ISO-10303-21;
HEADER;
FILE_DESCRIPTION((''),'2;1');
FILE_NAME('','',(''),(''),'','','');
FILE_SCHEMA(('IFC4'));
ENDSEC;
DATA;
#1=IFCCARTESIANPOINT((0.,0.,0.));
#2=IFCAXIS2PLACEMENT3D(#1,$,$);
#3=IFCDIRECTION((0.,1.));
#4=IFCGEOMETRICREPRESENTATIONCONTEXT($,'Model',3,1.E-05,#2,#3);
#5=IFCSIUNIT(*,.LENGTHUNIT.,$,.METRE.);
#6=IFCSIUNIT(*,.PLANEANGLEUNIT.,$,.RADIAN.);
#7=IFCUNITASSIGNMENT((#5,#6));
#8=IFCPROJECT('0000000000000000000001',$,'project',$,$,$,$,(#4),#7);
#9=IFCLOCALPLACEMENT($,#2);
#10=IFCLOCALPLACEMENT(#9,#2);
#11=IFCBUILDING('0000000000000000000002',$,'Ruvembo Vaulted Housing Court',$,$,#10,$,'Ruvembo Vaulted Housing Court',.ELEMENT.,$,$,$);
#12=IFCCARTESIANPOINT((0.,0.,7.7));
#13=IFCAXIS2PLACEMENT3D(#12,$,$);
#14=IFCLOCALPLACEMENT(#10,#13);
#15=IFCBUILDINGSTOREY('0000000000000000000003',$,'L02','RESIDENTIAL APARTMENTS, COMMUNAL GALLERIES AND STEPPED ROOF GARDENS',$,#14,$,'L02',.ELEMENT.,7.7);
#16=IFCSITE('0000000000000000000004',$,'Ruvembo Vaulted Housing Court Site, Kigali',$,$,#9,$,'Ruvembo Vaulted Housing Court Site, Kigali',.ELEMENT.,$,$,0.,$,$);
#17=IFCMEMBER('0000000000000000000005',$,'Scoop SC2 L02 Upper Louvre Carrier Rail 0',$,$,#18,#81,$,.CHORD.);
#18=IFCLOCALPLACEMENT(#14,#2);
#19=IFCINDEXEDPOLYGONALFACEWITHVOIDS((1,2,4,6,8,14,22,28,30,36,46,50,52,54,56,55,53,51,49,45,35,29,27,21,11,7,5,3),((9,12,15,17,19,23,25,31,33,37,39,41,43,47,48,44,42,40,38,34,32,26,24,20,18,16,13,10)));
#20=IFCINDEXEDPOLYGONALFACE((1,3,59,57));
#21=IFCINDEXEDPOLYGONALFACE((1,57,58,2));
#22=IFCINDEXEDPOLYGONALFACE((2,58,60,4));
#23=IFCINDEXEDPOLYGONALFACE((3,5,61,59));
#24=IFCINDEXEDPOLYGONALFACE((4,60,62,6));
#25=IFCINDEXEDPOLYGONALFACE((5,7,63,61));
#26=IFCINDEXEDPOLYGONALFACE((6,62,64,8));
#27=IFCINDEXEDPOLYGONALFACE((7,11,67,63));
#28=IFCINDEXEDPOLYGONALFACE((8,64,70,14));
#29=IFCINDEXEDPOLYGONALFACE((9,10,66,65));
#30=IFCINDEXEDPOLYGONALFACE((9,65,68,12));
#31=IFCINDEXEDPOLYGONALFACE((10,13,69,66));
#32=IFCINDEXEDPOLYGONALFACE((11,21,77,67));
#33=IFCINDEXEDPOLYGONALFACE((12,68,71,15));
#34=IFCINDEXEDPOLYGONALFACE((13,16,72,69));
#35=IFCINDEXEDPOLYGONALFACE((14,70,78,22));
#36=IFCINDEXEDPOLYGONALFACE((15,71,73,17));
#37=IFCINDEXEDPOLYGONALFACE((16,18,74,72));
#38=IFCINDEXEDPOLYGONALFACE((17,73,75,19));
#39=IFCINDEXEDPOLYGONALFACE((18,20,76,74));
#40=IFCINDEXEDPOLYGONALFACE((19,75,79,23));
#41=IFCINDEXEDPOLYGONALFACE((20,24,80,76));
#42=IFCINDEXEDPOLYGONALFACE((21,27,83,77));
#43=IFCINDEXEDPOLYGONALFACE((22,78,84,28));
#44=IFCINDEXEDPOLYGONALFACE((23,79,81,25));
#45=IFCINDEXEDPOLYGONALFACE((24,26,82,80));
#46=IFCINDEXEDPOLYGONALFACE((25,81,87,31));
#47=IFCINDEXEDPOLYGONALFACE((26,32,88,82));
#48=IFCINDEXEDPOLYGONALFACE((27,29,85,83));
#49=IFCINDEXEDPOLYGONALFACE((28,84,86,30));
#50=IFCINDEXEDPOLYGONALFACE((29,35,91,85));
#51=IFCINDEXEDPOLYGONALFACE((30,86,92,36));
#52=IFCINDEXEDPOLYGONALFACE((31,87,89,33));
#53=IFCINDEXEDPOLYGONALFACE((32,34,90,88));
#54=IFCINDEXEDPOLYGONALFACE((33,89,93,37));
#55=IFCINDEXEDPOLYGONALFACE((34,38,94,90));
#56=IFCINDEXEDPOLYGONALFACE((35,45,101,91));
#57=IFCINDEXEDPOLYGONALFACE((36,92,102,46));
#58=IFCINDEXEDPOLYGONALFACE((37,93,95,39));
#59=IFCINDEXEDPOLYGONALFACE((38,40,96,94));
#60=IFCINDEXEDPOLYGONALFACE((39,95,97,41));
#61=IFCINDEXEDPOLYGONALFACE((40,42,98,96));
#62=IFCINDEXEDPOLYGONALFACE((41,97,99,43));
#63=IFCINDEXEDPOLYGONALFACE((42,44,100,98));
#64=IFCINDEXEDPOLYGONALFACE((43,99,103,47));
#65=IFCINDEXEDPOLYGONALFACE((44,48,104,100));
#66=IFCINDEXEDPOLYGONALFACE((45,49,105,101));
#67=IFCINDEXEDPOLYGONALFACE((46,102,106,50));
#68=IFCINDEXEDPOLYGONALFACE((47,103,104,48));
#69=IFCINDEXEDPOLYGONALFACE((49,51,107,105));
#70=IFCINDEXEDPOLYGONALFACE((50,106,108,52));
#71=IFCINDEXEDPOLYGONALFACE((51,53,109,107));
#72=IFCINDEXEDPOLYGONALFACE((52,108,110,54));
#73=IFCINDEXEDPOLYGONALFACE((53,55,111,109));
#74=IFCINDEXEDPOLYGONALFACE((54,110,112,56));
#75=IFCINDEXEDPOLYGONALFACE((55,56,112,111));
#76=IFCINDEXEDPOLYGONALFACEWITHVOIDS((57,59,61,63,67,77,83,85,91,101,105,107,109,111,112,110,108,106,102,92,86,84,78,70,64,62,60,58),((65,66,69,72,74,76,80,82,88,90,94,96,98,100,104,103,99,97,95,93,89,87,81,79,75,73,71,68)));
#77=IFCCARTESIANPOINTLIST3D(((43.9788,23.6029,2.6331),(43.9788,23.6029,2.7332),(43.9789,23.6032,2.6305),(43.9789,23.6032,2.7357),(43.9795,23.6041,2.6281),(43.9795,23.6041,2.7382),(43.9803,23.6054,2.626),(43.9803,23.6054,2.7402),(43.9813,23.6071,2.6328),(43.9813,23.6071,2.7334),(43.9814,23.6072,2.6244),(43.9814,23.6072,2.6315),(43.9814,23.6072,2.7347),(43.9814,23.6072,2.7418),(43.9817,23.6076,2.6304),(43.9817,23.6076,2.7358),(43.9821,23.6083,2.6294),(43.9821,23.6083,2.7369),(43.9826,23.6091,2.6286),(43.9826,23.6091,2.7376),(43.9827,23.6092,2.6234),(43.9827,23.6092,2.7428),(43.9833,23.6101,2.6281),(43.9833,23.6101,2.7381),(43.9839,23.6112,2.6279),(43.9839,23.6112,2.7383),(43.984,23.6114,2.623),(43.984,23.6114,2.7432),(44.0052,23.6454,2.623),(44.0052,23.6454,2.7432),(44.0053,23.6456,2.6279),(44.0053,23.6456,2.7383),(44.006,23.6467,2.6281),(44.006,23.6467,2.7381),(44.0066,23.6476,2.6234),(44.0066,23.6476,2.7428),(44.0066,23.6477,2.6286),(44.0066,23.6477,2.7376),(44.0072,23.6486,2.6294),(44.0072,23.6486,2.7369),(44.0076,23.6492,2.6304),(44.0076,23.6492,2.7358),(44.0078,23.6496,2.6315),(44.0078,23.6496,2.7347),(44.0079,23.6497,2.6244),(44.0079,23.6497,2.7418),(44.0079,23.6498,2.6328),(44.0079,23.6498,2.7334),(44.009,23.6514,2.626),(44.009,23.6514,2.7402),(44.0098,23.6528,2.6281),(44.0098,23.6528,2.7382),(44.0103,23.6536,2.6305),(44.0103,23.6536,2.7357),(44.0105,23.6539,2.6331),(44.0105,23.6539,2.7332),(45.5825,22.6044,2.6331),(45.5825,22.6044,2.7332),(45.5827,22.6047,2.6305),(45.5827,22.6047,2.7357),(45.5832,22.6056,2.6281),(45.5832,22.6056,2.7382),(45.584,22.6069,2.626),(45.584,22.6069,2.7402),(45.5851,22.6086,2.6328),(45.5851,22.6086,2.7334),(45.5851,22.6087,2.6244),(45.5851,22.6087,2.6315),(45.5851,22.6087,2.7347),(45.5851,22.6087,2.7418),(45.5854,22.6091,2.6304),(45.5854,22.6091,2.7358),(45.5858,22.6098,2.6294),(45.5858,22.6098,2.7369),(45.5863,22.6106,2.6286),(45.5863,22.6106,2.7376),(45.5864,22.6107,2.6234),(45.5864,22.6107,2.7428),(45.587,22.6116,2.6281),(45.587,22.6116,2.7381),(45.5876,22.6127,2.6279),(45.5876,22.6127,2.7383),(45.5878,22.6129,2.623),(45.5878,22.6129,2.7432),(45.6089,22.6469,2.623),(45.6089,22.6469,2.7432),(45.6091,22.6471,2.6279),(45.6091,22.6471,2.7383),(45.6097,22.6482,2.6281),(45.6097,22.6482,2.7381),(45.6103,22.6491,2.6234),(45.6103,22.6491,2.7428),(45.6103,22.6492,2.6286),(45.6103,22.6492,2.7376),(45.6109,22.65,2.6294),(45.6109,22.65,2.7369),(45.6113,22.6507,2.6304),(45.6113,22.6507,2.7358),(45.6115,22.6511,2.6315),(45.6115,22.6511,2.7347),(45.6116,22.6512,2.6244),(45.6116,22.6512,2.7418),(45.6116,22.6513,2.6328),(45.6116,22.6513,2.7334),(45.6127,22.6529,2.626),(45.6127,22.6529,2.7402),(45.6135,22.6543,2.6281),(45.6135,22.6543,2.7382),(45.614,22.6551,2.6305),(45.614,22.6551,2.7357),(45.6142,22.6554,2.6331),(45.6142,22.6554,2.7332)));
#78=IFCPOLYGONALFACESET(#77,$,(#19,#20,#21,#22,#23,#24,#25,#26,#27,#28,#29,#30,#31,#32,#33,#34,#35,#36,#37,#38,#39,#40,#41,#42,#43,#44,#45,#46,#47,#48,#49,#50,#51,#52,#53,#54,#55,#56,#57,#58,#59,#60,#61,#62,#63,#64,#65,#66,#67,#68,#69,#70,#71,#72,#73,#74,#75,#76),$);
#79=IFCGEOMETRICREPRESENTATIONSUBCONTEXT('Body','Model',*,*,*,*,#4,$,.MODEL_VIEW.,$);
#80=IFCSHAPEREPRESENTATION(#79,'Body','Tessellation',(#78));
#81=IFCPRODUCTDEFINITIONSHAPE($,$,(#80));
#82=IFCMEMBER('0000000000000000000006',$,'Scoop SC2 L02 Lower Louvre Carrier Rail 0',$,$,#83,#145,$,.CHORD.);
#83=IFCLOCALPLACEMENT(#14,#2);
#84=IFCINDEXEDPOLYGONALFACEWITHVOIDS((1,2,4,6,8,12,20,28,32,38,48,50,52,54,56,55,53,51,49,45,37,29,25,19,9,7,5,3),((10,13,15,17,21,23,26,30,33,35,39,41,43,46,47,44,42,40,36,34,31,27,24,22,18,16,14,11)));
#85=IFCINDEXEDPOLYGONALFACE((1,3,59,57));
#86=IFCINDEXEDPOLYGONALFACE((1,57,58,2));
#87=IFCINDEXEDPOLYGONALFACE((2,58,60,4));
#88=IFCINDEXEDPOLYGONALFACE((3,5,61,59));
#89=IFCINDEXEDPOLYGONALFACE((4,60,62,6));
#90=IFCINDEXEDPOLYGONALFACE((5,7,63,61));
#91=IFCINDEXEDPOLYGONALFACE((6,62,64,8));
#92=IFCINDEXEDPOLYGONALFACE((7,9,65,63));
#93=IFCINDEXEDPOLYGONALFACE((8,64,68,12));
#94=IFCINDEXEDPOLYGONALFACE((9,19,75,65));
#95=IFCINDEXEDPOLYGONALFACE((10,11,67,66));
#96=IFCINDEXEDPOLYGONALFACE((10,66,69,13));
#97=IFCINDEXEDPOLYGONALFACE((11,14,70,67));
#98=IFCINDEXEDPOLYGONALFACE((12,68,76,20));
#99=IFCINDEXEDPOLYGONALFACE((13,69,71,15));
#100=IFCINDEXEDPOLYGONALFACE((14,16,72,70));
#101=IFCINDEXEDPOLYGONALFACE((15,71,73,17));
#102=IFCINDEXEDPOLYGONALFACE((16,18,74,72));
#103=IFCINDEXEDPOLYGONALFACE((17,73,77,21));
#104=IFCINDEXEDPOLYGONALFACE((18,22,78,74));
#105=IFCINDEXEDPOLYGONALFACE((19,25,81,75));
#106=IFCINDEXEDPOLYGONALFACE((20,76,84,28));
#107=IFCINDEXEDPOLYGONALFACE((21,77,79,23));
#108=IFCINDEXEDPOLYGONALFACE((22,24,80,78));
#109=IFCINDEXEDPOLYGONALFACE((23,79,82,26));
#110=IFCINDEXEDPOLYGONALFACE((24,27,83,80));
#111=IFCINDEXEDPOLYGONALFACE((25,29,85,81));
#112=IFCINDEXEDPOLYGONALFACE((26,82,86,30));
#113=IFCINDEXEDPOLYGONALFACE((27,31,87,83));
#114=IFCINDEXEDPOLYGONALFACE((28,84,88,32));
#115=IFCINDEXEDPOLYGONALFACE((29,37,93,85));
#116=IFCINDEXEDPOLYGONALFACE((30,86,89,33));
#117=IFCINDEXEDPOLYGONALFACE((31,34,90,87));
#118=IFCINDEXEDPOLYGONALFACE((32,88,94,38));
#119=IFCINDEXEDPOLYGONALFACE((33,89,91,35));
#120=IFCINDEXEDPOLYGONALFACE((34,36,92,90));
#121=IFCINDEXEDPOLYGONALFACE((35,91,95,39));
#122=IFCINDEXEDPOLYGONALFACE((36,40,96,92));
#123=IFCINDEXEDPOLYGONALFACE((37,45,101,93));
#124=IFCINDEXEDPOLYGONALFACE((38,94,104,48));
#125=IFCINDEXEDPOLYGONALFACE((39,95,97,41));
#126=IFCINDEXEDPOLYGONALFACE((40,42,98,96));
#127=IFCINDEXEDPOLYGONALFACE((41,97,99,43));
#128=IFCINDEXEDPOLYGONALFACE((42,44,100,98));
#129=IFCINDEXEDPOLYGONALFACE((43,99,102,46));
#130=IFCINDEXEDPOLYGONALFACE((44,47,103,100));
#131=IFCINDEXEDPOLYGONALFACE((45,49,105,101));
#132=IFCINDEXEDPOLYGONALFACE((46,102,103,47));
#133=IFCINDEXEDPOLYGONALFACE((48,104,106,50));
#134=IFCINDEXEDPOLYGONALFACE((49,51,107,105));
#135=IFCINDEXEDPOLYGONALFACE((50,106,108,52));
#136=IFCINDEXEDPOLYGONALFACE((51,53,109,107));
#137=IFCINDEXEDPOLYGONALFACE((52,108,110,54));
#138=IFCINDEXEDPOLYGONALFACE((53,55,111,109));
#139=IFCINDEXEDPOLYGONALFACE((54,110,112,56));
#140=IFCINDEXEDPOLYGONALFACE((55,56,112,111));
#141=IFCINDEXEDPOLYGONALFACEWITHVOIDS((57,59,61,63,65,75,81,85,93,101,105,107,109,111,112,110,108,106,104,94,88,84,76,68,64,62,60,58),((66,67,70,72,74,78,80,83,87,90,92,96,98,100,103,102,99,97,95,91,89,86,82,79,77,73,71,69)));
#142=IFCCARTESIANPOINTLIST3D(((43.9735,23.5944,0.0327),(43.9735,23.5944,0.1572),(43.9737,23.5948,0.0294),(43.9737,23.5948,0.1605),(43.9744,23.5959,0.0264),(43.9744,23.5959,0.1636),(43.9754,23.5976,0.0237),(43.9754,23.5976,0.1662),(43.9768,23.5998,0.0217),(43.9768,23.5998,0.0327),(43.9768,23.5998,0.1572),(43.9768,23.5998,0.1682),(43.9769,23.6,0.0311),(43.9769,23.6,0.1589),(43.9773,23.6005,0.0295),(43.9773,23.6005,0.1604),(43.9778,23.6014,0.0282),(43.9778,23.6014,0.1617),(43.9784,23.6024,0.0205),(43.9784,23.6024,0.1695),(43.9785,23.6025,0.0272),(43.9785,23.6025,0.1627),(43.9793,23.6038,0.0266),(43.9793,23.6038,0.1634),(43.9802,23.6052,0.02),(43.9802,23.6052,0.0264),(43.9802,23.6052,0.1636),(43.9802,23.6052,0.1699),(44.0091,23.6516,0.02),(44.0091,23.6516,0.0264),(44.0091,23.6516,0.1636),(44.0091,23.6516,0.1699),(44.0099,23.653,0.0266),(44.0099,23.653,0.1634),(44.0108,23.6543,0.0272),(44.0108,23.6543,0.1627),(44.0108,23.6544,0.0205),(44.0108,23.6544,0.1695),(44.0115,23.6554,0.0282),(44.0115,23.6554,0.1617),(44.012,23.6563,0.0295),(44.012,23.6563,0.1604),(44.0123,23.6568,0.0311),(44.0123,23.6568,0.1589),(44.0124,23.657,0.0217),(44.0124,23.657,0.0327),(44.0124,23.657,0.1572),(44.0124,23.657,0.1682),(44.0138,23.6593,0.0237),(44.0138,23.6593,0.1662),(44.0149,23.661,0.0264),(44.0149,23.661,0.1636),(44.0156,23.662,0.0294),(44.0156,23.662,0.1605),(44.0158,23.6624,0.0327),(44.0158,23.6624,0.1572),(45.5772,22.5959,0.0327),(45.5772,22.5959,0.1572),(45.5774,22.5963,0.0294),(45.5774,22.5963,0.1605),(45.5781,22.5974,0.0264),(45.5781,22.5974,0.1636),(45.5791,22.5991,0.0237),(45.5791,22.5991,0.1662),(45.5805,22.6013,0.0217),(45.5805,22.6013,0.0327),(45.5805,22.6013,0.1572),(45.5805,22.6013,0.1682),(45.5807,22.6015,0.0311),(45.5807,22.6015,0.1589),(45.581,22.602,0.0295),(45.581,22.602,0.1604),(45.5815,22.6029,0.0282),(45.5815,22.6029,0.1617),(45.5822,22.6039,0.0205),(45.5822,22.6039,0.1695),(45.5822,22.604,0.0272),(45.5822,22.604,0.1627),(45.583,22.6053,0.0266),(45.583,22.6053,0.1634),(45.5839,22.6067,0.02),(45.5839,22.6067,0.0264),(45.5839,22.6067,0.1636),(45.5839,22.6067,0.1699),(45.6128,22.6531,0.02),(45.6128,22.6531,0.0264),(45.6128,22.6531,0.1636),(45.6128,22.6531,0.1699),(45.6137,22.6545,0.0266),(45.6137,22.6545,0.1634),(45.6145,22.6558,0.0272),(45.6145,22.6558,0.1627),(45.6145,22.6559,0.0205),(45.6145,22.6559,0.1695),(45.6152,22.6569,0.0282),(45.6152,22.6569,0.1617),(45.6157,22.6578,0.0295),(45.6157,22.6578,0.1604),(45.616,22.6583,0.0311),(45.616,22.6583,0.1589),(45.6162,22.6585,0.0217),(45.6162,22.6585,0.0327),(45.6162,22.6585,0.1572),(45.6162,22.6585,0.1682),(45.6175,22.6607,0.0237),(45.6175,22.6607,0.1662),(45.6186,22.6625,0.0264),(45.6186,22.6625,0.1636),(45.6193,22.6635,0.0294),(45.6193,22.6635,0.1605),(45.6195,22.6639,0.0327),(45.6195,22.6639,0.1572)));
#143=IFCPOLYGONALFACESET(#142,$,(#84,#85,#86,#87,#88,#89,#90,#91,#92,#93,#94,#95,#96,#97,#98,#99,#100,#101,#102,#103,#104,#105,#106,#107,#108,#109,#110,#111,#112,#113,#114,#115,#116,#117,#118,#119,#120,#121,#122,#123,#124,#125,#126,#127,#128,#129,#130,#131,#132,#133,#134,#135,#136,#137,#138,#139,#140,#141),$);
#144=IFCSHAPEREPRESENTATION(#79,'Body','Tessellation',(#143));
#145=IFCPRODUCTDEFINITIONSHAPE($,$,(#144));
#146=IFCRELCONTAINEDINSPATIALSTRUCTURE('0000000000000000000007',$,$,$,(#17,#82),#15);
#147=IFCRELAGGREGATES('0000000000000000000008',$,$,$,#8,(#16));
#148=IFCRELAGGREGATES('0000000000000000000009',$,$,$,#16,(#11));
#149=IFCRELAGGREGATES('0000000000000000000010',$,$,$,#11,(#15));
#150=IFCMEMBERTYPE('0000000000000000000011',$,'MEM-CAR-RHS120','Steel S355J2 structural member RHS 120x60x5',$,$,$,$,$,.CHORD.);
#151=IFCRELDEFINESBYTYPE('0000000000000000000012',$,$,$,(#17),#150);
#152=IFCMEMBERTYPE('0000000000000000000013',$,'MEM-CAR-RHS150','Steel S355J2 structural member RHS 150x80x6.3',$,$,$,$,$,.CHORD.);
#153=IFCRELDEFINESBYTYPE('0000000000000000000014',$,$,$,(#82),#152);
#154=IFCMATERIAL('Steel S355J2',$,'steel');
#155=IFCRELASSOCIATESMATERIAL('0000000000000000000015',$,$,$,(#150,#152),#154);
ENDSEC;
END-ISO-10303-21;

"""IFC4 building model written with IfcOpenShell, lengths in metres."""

from ifc_helpers import new_model, si_unit, direction, frame, origin, origin_2d, place, context, subcontext, project, spatial, hollow_rectangle, extrude, material, material_profile, profile_set, type_object, element, save


model = new_model("IFC4")

# Units and contexts
model_context = context("Model", 3, precision=1e-05, world=origin(), true_north=direction((0.0, 1.0)))
body_context = subcontext(model_context, "Body", "Model", "MODEL_VIEW")
ifc_project = project(units=[si_unit("LENGTHUNIT", "METRE"), si_unit("PLANEANGLEUNIT", "RADIAN")], contexts=[model_context])

# Site, building, storey
site_placement = place(None, origin())
site = spatial("IfcSite", under=ifc_project, at=site_placement, Name="Ruvembo Vaulted Housing Court Site, Kigali", LongName="Ruvembo Vaulted Housing Court Site, Kigali", CompositionType="ELEMENT", RefElevation=0.0)
building_placement = place(site_placement, origin())
building = spatial("IfcBuilding", under=site, at=building_placement, Name="Ruvembo Vaulted Housing Court", LongName="Ruvembo Vaulted Housing Court", CompositionType="ELEMENT")
storey_placement = place(building_placement, frame((0.0, 0.0, 7.7)))
storey = spatial("IfcBuildingStorey", under=building, at=storey_placement, Name="L02", Description="RESIDENTIAL APARTMENTS, COMMUNAL GALLERIES AND STEPPED ROOF GARDENS", LongName="L02", CompositionType="ELEMENT", Elevation=7.7)

# Shared definitions
ifc_material_1 = material(Name="Steel S355J2", Category="steel")

# Members
ifc_material_profile_1 = material_profile(ifc_material_1, hollow_rectangle(XDim=0.0601, YDim=0.1201, WallThickness=0.0049, InnerFilletRadius=0.0049, OuterFilletRadius=0.01, at=origin_2d()), Name="RHS 120x60x5")
ifc_profile_set_1 = profile_set([ifc_material_profile_1], Name="Steel S355J2")
member_type_1 = type_object("IfcMemberType", Name="MEM-CAR-RHS120", Description="Steel S355J2 structural member RHS 120x60x5", PredefinedType="CHORD", material=ifc_profile_set_1)
member_1_placement = place(storey_placement, frame((43.9946, 23.6284, 2.6831), z_axis=(0.848905, -0.528546, 0.0), x_axis=(0.528546, 0.848905, 0.0)))
element("IfcMember", 1, at=member_1_placement, inside=storey, type_object=member_type_1, Name="Scoop SC2 L02 Upper Louvre Carrier Rail 0", PredefinedType="CHORD", context=body_context, shape_type="SweptSolid", body=[
    extrude(hollow_rectangle(XDim=0.0601, YDim=0.1201, WallThickness=0.0049, InnerFilletRadius=0.0049, OuterFilletRadius=0.01, at=origin_2d()), origin(), (0.0, 0.0, 1.0), 1.8892),
])
ifc_material_profile_2 = material_profile(ifc_material_1, hollow_rectangle(XDim=0.0801, YDim=0.1499, WallThickness=0.0063, InnerFilletRadius=0.0063, OuterFilletRadius=0.0127, at=origin_2d()), Name="RHS 150x80x6.3")
ifc_profile_set_2 = profile_set([ifc_material_profile_2], Name="Steel S355J2")
member_type_2 = type_object("IfcMemberType", Name="MEM-CAR-RHS150", Description="Steel S355J2 structural member RHS 150x80x6.3", PredefinedType="CHORD", material=ifc_profile_set_2)
member_2_placement = place(storey_placement, frame((43.9946, 23.6284, 0.095), z_axis=(0.848905, -0.528546, 0.0), x_axis=(0.528546, 0.848905, 0.0)))
element("IfcMember", 2, at=member_2_placement, inside=storey, type_object=member_type_2, Name="Scoop SC2 L02 Lower Louvre Carrier Rail 0", PredefinedType="CHORD", context=body_context, shape_type="SweptSolid", body=[
    extrude(hollow_rectangle(XDim=0.0801, YDim=0.1499, WallThickness=0.0063, InnerFilletRadius=0.0063, OuterFilletRadius=0.0127, at=origin_2d()), origin(), (0.0, 0.0, 1.0), 1.8892),
])

save(model, "model.ifc")
